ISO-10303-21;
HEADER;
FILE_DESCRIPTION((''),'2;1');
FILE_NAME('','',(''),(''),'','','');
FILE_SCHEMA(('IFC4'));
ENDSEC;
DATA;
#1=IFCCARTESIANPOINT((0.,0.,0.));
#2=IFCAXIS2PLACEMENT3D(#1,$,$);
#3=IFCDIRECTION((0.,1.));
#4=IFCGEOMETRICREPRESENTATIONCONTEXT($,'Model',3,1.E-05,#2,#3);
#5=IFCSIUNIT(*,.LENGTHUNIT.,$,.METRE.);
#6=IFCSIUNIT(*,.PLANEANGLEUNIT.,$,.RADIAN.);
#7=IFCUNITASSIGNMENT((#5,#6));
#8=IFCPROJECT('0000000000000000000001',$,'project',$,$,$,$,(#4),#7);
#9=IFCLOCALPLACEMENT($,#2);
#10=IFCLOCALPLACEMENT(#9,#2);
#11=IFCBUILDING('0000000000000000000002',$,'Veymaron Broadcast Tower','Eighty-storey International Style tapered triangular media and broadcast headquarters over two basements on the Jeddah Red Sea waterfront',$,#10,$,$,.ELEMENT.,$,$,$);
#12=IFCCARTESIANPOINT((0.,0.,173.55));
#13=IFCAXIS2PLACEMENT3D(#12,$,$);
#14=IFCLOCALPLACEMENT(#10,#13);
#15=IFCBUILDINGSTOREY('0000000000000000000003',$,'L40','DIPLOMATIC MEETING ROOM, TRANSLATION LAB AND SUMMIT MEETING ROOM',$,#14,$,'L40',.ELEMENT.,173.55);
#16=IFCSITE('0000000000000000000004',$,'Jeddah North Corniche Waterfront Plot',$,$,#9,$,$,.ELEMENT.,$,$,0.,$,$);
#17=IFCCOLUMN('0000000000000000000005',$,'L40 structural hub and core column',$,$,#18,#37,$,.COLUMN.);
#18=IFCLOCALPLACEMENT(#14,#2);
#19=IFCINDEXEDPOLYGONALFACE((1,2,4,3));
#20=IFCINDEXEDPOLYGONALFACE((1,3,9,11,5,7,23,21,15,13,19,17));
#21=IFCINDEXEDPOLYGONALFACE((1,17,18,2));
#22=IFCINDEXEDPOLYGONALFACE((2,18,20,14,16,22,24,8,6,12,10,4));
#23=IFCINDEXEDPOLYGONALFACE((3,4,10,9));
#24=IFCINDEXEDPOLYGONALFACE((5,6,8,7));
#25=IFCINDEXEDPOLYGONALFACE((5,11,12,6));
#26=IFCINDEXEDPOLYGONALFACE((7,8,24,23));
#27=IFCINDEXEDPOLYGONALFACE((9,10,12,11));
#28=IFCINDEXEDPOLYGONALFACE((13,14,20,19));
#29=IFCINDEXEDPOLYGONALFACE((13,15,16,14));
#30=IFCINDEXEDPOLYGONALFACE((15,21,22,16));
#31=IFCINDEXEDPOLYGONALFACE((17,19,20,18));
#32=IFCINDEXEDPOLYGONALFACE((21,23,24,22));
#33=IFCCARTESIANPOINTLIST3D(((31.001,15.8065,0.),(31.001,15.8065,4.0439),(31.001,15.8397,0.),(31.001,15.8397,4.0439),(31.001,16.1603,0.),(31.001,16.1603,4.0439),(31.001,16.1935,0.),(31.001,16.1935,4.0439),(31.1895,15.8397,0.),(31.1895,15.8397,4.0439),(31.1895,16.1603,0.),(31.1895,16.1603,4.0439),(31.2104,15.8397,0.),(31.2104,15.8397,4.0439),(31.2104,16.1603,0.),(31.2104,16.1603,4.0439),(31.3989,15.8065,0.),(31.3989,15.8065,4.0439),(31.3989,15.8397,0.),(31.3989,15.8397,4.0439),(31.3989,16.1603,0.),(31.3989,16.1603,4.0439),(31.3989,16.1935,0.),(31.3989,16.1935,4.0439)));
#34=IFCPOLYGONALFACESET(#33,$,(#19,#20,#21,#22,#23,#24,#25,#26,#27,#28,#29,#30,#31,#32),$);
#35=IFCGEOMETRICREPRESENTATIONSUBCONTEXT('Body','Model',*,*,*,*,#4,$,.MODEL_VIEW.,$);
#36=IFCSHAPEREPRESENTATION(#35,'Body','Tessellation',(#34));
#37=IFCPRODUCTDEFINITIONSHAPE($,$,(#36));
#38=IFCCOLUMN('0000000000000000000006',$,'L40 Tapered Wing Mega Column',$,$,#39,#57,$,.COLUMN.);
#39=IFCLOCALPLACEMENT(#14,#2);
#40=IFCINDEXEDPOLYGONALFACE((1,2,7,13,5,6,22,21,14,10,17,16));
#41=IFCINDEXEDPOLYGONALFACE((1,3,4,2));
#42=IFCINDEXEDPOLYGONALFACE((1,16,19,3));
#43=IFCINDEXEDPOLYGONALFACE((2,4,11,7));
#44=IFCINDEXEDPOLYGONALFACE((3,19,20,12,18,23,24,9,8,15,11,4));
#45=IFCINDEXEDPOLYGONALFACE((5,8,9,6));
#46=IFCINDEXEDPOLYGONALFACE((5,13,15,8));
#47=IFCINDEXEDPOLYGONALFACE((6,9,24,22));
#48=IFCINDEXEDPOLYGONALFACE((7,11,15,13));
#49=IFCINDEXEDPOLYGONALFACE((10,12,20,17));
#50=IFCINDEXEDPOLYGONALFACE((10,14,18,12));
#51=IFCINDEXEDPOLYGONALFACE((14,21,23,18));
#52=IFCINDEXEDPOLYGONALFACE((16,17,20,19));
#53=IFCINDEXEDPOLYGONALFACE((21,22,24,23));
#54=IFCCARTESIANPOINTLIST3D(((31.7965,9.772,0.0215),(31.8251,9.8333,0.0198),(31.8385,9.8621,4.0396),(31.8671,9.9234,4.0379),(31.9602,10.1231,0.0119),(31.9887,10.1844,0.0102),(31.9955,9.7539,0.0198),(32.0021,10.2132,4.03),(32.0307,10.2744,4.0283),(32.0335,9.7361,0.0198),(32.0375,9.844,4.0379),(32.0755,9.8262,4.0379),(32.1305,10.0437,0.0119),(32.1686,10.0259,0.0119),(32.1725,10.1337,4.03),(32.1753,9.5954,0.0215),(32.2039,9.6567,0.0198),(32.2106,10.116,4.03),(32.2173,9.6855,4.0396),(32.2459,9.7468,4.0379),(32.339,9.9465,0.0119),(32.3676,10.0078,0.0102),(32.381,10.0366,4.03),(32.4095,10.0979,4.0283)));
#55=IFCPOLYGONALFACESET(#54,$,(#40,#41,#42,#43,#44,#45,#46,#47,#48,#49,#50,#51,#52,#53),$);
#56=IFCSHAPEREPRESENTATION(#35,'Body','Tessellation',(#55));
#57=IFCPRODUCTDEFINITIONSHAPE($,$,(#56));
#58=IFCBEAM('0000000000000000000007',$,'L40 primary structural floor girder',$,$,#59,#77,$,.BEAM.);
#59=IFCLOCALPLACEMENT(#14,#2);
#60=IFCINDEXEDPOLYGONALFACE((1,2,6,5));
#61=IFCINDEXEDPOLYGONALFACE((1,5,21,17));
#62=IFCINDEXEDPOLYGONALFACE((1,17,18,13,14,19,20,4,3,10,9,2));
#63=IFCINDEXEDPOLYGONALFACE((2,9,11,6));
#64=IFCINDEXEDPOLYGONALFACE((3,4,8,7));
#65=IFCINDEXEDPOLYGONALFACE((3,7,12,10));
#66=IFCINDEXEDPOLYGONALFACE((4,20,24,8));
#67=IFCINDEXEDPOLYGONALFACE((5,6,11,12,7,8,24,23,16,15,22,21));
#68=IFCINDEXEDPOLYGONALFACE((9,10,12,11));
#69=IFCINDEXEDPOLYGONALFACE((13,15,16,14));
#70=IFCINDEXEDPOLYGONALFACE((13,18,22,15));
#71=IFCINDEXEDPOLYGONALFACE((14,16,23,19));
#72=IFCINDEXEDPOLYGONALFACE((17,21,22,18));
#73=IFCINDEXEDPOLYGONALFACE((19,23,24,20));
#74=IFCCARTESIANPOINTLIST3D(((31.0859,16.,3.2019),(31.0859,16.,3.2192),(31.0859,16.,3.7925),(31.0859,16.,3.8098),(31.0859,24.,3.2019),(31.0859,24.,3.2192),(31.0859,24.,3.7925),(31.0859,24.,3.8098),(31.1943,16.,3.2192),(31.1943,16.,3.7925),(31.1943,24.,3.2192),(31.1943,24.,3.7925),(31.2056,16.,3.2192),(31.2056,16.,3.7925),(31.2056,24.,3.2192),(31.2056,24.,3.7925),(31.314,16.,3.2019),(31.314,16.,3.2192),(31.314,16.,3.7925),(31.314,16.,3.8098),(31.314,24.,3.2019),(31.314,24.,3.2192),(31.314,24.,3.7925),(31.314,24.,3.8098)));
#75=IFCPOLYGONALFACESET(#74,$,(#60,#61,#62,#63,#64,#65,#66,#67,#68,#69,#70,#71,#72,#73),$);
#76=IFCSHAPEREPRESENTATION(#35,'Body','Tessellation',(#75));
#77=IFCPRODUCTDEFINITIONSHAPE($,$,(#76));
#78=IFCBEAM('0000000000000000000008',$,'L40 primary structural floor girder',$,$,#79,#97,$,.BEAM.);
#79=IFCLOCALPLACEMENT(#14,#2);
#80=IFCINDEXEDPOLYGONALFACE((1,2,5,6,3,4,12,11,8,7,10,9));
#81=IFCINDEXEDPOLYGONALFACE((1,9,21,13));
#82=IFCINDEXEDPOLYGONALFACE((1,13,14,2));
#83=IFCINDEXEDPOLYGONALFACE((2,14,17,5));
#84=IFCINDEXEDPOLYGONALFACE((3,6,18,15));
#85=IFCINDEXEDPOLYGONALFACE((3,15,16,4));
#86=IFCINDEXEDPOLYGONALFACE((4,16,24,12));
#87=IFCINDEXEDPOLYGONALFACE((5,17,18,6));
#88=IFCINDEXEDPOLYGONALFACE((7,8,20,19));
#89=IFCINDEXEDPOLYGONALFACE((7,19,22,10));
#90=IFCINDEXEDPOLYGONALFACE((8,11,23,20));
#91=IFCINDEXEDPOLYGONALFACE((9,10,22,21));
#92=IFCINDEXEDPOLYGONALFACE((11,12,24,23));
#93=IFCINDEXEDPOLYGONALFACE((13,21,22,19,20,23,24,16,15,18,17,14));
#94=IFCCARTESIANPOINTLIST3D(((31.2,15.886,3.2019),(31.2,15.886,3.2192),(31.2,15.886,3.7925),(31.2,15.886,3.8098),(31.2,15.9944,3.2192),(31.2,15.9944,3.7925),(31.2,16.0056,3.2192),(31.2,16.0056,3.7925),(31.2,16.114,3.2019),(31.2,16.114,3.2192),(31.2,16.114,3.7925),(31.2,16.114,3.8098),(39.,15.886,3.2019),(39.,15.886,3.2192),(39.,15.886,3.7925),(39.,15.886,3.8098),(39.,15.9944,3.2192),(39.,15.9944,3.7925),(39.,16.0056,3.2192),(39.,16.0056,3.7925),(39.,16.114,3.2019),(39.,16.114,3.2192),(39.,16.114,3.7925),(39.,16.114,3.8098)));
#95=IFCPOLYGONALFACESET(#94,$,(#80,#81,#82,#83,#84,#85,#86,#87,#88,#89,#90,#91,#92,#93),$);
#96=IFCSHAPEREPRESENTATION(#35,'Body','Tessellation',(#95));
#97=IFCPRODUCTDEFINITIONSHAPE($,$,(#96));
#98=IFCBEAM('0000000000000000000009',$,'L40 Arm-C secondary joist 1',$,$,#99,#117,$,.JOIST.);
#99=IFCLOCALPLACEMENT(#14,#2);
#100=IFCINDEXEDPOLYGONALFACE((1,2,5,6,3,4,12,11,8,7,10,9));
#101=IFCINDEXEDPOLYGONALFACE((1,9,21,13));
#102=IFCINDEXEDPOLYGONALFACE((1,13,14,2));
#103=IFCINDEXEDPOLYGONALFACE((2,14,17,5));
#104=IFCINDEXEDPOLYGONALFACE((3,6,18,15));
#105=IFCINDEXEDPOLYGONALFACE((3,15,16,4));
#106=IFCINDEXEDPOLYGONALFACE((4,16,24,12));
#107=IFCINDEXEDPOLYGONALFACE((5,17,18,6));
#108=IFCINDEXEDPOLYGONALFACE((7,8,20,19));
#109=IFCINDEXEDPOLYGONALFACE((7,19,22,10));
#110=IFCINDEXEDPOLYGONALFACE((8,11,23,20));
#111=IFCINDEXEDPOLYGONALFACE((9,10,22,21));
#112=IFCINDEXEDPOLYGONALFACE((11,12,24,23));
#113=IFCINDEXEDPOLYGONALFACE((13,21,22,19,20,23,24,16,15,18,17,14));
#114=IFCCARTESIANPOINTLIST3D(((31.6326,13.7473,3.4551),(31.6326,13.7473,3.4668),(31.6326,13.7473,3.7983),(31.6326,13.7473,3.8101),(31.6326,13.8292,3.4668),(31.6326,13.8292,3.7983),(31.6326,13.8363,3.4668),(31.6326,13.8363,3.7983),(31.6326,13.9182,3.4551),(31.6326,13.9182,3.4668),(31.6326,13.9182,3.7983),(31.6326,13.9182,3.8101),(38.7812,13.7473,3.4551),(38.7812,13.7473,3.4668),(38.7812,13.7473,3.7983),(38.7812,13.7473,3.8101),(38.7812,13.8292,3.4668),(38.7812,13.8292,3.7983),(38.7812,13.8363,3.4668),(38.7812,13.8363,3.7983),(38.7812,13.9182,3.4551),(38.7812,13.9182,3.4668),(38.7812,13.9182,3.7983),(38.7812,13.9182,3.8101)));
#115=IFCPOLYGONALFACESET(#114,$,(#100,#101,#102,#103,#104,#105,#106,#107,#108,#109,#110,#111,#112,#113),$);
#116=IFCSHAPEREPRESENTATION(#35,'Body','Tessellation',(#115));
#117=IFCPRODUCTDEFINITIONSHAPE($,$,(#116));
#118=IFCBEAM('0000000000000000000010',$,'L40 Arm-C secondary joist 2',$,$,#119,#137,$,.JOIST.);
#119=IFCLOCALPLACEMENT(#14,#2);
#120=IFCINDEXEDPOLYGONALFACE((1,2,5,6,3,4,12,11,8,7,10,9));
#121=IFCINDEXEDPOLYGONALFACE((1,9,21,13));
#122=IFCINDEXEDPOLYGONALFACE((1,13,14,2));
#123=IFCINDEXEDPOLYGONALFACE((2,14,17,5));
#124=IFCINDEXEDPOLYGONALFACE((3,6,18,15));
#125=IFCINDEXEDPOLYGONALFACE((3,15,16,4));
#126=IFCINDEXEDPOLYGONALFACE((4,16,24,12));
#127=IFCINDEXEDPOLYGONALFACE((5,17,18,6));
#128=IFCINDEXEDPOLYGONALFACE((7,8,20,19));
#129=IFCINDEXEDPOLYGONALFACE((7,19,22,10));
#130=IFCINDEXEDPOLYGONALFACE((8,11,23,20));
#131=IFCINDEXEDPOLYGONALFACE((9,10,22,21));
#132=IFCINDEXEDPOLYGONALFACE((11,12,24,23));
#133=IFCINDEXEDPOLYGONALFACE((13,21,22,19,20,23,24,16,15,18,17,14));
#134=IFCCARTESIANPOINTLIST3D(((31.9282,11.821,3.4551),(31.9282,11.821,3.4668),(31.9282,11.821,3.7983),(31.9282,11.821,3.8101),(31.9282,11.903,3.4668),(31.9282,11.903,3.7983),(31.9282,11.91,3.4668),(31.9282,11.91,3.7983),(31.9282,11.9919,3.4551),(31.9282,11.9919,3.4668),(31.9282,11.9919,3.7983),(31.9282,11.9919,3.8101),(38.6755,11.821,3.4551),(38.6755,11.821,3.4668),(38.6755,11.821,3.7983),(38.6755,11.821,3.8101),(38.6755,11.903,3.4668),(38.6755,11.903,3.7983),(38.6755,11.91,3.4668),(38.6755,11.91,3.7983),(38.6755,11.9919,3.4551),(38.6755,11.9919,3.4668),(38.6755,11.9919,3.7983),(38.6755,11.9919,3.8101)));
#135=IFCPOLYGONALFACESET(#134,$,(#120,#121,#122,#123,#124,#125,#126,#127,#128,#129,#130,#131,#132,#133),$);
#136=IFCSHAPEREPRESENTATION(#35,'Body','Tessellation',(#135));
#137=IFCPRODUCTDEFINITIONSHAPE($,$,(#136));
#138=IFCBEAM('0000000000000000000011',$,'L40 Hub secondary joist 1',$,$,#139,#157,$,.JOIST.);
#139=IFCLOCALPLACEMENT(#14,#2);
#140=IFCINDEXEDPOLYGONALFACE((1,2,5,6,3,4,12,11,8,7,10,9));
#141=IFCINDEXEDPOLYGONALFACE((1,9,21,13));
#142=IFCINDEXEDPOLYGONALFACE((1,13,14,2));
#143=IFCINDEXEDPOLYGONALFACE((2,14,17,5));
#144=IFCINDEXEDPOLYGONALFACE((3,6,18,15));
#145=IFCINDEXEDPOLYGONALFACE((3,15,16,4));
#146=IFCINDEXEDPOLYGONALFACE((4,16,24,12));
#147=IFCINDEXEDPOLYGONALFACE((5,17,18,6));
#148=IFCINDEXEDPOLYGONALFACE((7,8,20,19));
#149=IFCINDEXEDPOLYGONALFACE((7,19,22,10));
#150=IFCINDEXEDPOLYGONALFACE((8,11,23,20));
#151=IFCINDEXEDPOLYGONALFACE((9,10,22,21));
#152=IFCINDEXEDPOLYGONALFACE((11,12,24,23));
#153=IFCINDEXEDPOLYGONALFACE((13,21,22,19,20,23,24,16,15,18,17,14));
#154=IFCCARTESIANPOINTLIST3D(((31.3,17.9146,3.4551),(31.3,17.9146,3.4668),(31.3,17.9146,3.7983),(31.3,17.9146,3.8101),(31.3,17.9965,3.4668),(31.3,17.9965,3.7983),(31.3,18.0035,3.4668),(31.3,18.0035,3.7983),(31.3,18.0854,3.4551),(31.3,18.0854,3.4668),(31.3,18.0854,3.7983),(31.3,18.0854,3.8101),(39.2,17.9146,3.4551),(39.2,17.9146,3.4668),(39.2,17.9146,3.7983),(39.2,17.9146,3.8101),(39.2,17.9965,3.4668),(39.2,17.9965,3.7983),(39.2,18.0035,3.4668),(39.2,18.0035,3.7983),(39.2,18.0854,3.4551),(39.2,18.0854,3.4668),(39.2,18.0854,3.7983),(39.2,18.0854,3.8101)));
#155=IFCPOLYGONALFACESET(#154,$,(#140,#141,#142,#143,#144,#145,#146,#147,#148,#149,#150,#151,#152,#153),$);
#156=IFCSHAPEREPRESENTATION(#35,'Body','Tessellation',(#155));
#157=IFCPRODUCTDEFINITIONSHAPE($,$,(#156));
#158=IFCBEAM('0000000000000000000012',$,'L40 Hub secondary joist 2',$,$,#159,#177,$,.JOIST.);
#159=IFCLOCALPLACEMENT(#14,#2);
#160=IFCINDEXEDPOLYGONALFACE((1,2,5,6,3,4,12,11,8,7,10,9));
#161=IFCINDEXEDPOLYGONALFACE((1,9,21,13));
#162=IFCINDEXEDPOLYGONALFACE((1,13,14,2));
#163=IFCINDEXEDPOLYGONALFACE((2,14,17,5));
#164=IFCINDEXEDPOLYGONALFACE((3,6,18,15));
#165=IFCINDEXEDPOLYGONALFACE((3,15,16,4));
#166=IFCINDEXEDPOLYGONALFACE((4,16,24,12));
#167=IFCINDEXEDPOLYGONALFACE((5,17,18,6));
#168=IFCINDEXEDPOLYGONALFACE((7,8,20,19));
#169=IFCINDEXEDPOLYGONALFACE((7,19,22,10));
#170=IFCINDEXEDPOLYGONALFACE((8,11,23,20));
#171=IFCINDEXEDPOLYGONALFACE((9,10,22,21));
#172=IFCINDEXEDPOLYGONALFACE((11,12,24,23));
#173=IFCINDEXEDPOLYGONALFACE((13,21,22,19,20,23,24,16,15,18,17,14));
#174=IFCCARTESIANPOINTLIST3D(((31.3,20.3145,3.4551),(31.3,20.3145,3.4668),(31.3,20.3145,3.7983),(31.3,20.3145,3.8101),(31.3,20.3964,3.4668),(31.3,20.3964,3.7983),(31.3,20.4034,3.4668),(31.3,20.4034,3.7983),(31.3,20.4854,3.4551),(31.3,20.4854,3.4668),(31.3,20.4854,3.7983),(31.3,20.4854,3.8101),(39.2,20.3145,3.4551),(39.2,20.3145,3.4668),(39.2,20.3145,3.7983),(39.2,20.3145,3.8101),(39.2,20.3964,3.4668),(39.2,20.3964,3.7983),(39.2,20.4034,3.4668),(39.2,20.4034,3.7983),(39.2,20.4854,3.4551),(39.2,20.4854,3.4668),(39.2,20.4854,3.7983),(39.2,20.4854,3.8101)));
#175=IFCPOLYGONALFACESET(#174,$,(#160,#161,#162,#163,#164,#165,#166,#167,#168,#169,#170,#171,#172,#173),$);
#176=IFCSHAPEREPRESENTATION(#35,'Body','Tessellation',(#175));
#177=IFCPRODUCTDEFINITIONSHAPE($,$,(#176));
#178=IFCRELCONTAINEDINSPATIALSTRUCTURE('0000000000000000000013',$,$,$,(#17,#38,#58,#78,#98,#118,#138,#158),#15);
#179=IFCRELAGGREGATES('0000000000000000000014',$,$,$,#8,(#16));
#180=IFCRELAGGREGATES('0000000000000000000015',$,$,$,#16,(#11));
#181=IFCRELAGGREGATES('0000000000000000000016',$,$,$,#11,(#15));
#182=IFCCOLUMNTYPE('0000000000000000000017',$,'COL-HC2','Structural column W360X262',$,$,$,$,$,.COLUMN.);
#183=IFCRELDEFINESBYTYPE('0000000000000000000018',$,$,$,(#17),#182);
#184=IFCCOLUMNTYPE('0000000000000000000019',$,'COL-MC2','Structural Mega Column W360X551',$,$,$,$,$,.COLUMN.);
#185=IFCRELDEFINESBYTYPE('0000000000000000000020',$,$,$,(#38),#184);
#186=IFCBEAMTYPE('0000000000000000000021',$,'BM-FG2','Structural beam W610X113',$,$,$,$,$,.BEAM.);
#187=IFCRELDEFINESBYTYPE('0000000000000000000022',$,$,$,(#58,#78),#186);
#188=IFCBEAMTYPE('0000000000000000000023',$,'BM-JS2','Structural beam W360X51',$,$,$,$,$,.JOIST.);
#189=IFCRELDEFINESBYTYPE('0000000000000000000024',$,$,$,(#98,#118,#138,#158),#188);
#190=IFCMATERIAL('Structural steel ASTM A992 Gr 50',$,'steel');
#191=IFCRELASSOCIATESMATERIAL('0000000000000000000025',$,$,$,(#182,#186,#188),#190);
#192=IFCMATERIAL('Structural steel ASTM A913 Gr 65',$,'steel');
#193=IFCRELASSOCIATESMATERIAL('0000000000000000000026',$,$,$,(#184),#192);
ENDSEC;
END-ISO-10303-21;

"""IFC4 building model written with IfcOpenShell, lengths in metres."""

from ifc_helpers import new_model, si_unit, direction, frame, origin, origin_2d, place, context, subcontext, project, spatial, i_section, extrude, material, material_profile, profile_set, type_object, element, save


model = new_model("IFC4")

# Units and contexts
model_context = context("Model", 3, precision=1e-05, world=origin(), true_north=direction((0.0, 1.0)))
body_context = subcontext(model_context, "Body", "Model", "MODEL_VIEW")
ifc_project = project(units=[si_unit("LENGTHUNIT", "METRE"), si_unit("PLANEANGLEUNIT", "RADIAN")], contexts=[model_context])

# Site, building, storey
site_placement = place(None, origin())
site = spatial("IfcSite", under=ifc_project, at=site_placement, Name="Jeddah North Corniche Waterfront Plot", CompositionType="ELEMENT", RefElevation=0.0)
building_placement = place(site_placement, origin())
building = spatial("IfcBuilding", under=site, at=building_placement, Name="Veymaron Broadcast Tower", Description="Eighty-storey International Style tapered triangular media and broadcast headquarters over two basements on the Jeddah Red Sea waterfront", CompositionType="ELEMENT")
storey_placement = place(building_placement, frame((0.0, 0.0, 173.55)))
storey = spatial("IfcBuildingStorey", under=building, at=storey_placement, Name="L40", Description="DIPLOMATIC MEETING ROOM, TRANSLATION LAB AND SUMMIT MEETING ROOM", LongName="L40", CompositionType="ELEMENT", Elevation=173.55)

# Columns
ifc_material_1 = material(Name="Structural steel ASTM A992 Gr 50", Category="steel")
ifc_material_profile_1 = material_profile(ifc_material_1, i_section(OverallWidth=0.3979, OverallDepth=0.387, WebThickness=0.021, FlangeThickness=0.0332, at=origin_2d()), Name="W360X262")
ifc_profile_set_1 = profile_set([ifc_material_profile_1], Name="Structural steel ASTM A992 Gr 50")
column_type_1 = type_object("IfcColumnType", Name="COL-HC2", Description="Structural column W360X262", PredefinedType="COLUMN", material=ifc_profile_set_1)
column_1_placement = place(storey_placement, frame((31.2, 16.0, 0.0), z_axis=(0.0, 0.0, 1.0), x_axis=(1.0, 0.0, 0.0)))
element("IfcColumn", 1, at=column_1_placement, inside=storey, type_object=column_type_1, Name="L40 structural hub and core column", PredefinedType="COLUMN", context=body_context, shape_type="SweptSolid", body=[
    extrude(i_section(OverallWidth=0.3979, OverallDepth=0.387, WebThickness=0.021, FlangeThickness=0.0332, at=origin_2d()), origin(), (0.0, 0.0, 1.0), 4.0439),
])
ifc_material_2 = material(Name="Structural steel ASTM A913 Gr 65", Category="steel")
ifc_material_profile_2 = material_profile(ifc_material_2, i_section(OverallWidth=0.418, OverallDepth=0.4551, WebThickness=0.042, FlangeThickness=0.0676, at=origin_2d()), Name="W360X551")
ifc_profile_set_2 = profile_set([ifc_material_profile_2], Name="Structural steel ASTM A913 Gr 65")
column_type_2 = type_object("IfcColumnType", Name="COL-MC2", Description="Structural Mega Column W360X551", PredefinedType="COLUMN", material=ifc_profile_set_2)
column_2_placement = place(storey_placement, frame((32.082, 9.8899, 0.0159), z_axis=(0.010448, 0.022414, 0.999694), x_axis=(-0.906371, 0.422482, 0.0)))
element("IfcColumn", 2, at=column_2_placement, inside=storey, type_object=column_type_2, Name="L40 Tapered Wing Mega Column", PredefinedType="COLUMN", context=body_context, shape_type="SweptSolid", body=[
    extrude(i_section(OverallWidth=0.418, OverallDepth=0.4551, WebThickness=0.042, FlangeThickness=0.0676, at=origin_2d()), origin(), (0.0, 0.0, 1.0), 4.0193),
])

# Beams
ifc_material_profile_3 = material_profile(ifc_material_1, i_section(OverallWidth=0.228, OverallDepth=0.6079, WebThickness=0.0112, FlangeThickness=0.0173, at=origin_2d()), Name="W610X113")
ifc_profile_set_3 = profile_set([ifc_material_profile_3], Name="Structural steel ASTM A992 Gr 50")
beam_type_1 = type_object("IfcBeamType", Name="BM-FG2", Description="Structural beam W610X113", PredefinedType="BEAM", material=ifc_profile_set_3)
beam_1_placement = place(storey_placement, frame((31.2, 16.0, 3.5059), z_axis=(0.0, 1.0, 0.0), x_axis=(-1.0, 0.0, 0.0)))
element("IfcBeam", 3, at=beam_1_placement, inside=storey, type_object=beam_type_1, Name="L40 primary structural floor girder", PredefinedType="BEAM", context=body_context, shape_type="SweptSolid", body=[
    extrude(i_section(OverallWidth=0.228, OverallDepth=0.6079, WebThickness=0.0112, FlangeThickness=0.0173, at=origin_2d()), origin(), (0.0, 0.0, 1.0), 8.0),
])
beam_2_placement = place(storey_placement, frame((31.2, 16.0, 3.5059), z_axis=(1.0, 0.0, 0.0), x_axis=(0.0, 1.0, 0.0)))
element("IfcBeam", 4, at=beam_2_placement, inside=storey, type_object=beam_type_1, Name="L40 primary structural floor girder", PredefinedType="BEAM", context=body_context, shape_type="SweptSolid", body=[
    extrude(i_section(OverallWidth=0.228, OverallDepth=0.6079, WebThickness=0.0112, FlangeThickness=0.0173, at=origin_2d()), origin(), (0.0, 0.0, 1.0), 7.8),
])
ifc_material_profile_4 = material_profile(ifc_material_1, i_section(OverallWidth=0.1709, OverallDepth=0.355, WebThickness=0.0071, FlangeThickness=0.0117, at=origin_2d()), Name="W360X51")
ifc_profile_set_4 = profile_set([ifc_material_profile_4], Name="Structural steel ASTM A992 Gr 50")
beam_type_2 = type_object("IfcBeamType", Name="BM-JS2", Description="Structural beam W360X51", PredefinedType="JOIST", material=ifc_profile_set_4)
beam_3_placement = place(storey_placement, frame((31.6326, 13.8328, 3.6326), z_axis=(1.0, 0.0, 0.0), x_axis=(0.0, 1.0, 0.0)))
element("IfcBeam", 5, at=beam_3_placement, inside=storey, type_object=beam_type_2, Name="L40 Arm-C secondary joist 1", PredefinedType="JOIST", context=body_context, shape_type="SweptSolid", body=[
    extrude(i_section(OverallWidth=0.1709, OverallDepth=0.355, WebThickness=0.0071, FlangeThickness=0.0117, at=origin_2d()), origin(), (0.0, 0.0, 1.0), 7.1487),
])
beam_4_placement = place(storey_placement, frame((31.9282, 11.9065, 3.6326), z_axis=(1.0, 0.0, 0.0), x_axis=(0.0, 1.0, 0.0)))
element("IfcBeam", 6, at=beam_4_placement, inside=storey, type_object=beam_type_2, Name="L40 Arm-C secondary joist 2", PredefinedType="JOIST", context=body_context, shape_type="SweptSolid", body=[
    extrude(i_section(OverallWidth=0.1709, OverallDepth=0.355, WebThickness=0.0071, FlangeThickness=0.0117, at=origin_2d()), origin(), (0.0, 0.0, 1.0), 6.7473),
])
for number, where, z_axis, x_axis, name in (
    (7, (31.3, 18.0, 3.6326), (1.0, 0.0, 0.0), (0.0, 1.0, 0.0), "L40 Hub secondary joist 1"),
    (8, (31.3, 20.3999, 3.6326), (1.0, 0.0, 0.0), (0.0, 1.0, 0.0), "L40 Hub secondary joist 2"),
):
    element("IfcBeam", number, at=place(storey_placement, frame(where, z_axis=z_axis, x_axis=x_axis)), inside=storey, type_object=beam_type_2, Name=name, PredefinedType="JOIST", context=body_context, shape_type="SweptSolid", body=[
        extrude(i_section(OverallWidth=0.1709, OverallDepth=0.355, WebThickness=0.0071, FlangeThickness=0.0117, at=origin_2d()), origin(), (0.0, 0.0, 1.0), 7.8999),
    ])

save(model, "model.ifc")
